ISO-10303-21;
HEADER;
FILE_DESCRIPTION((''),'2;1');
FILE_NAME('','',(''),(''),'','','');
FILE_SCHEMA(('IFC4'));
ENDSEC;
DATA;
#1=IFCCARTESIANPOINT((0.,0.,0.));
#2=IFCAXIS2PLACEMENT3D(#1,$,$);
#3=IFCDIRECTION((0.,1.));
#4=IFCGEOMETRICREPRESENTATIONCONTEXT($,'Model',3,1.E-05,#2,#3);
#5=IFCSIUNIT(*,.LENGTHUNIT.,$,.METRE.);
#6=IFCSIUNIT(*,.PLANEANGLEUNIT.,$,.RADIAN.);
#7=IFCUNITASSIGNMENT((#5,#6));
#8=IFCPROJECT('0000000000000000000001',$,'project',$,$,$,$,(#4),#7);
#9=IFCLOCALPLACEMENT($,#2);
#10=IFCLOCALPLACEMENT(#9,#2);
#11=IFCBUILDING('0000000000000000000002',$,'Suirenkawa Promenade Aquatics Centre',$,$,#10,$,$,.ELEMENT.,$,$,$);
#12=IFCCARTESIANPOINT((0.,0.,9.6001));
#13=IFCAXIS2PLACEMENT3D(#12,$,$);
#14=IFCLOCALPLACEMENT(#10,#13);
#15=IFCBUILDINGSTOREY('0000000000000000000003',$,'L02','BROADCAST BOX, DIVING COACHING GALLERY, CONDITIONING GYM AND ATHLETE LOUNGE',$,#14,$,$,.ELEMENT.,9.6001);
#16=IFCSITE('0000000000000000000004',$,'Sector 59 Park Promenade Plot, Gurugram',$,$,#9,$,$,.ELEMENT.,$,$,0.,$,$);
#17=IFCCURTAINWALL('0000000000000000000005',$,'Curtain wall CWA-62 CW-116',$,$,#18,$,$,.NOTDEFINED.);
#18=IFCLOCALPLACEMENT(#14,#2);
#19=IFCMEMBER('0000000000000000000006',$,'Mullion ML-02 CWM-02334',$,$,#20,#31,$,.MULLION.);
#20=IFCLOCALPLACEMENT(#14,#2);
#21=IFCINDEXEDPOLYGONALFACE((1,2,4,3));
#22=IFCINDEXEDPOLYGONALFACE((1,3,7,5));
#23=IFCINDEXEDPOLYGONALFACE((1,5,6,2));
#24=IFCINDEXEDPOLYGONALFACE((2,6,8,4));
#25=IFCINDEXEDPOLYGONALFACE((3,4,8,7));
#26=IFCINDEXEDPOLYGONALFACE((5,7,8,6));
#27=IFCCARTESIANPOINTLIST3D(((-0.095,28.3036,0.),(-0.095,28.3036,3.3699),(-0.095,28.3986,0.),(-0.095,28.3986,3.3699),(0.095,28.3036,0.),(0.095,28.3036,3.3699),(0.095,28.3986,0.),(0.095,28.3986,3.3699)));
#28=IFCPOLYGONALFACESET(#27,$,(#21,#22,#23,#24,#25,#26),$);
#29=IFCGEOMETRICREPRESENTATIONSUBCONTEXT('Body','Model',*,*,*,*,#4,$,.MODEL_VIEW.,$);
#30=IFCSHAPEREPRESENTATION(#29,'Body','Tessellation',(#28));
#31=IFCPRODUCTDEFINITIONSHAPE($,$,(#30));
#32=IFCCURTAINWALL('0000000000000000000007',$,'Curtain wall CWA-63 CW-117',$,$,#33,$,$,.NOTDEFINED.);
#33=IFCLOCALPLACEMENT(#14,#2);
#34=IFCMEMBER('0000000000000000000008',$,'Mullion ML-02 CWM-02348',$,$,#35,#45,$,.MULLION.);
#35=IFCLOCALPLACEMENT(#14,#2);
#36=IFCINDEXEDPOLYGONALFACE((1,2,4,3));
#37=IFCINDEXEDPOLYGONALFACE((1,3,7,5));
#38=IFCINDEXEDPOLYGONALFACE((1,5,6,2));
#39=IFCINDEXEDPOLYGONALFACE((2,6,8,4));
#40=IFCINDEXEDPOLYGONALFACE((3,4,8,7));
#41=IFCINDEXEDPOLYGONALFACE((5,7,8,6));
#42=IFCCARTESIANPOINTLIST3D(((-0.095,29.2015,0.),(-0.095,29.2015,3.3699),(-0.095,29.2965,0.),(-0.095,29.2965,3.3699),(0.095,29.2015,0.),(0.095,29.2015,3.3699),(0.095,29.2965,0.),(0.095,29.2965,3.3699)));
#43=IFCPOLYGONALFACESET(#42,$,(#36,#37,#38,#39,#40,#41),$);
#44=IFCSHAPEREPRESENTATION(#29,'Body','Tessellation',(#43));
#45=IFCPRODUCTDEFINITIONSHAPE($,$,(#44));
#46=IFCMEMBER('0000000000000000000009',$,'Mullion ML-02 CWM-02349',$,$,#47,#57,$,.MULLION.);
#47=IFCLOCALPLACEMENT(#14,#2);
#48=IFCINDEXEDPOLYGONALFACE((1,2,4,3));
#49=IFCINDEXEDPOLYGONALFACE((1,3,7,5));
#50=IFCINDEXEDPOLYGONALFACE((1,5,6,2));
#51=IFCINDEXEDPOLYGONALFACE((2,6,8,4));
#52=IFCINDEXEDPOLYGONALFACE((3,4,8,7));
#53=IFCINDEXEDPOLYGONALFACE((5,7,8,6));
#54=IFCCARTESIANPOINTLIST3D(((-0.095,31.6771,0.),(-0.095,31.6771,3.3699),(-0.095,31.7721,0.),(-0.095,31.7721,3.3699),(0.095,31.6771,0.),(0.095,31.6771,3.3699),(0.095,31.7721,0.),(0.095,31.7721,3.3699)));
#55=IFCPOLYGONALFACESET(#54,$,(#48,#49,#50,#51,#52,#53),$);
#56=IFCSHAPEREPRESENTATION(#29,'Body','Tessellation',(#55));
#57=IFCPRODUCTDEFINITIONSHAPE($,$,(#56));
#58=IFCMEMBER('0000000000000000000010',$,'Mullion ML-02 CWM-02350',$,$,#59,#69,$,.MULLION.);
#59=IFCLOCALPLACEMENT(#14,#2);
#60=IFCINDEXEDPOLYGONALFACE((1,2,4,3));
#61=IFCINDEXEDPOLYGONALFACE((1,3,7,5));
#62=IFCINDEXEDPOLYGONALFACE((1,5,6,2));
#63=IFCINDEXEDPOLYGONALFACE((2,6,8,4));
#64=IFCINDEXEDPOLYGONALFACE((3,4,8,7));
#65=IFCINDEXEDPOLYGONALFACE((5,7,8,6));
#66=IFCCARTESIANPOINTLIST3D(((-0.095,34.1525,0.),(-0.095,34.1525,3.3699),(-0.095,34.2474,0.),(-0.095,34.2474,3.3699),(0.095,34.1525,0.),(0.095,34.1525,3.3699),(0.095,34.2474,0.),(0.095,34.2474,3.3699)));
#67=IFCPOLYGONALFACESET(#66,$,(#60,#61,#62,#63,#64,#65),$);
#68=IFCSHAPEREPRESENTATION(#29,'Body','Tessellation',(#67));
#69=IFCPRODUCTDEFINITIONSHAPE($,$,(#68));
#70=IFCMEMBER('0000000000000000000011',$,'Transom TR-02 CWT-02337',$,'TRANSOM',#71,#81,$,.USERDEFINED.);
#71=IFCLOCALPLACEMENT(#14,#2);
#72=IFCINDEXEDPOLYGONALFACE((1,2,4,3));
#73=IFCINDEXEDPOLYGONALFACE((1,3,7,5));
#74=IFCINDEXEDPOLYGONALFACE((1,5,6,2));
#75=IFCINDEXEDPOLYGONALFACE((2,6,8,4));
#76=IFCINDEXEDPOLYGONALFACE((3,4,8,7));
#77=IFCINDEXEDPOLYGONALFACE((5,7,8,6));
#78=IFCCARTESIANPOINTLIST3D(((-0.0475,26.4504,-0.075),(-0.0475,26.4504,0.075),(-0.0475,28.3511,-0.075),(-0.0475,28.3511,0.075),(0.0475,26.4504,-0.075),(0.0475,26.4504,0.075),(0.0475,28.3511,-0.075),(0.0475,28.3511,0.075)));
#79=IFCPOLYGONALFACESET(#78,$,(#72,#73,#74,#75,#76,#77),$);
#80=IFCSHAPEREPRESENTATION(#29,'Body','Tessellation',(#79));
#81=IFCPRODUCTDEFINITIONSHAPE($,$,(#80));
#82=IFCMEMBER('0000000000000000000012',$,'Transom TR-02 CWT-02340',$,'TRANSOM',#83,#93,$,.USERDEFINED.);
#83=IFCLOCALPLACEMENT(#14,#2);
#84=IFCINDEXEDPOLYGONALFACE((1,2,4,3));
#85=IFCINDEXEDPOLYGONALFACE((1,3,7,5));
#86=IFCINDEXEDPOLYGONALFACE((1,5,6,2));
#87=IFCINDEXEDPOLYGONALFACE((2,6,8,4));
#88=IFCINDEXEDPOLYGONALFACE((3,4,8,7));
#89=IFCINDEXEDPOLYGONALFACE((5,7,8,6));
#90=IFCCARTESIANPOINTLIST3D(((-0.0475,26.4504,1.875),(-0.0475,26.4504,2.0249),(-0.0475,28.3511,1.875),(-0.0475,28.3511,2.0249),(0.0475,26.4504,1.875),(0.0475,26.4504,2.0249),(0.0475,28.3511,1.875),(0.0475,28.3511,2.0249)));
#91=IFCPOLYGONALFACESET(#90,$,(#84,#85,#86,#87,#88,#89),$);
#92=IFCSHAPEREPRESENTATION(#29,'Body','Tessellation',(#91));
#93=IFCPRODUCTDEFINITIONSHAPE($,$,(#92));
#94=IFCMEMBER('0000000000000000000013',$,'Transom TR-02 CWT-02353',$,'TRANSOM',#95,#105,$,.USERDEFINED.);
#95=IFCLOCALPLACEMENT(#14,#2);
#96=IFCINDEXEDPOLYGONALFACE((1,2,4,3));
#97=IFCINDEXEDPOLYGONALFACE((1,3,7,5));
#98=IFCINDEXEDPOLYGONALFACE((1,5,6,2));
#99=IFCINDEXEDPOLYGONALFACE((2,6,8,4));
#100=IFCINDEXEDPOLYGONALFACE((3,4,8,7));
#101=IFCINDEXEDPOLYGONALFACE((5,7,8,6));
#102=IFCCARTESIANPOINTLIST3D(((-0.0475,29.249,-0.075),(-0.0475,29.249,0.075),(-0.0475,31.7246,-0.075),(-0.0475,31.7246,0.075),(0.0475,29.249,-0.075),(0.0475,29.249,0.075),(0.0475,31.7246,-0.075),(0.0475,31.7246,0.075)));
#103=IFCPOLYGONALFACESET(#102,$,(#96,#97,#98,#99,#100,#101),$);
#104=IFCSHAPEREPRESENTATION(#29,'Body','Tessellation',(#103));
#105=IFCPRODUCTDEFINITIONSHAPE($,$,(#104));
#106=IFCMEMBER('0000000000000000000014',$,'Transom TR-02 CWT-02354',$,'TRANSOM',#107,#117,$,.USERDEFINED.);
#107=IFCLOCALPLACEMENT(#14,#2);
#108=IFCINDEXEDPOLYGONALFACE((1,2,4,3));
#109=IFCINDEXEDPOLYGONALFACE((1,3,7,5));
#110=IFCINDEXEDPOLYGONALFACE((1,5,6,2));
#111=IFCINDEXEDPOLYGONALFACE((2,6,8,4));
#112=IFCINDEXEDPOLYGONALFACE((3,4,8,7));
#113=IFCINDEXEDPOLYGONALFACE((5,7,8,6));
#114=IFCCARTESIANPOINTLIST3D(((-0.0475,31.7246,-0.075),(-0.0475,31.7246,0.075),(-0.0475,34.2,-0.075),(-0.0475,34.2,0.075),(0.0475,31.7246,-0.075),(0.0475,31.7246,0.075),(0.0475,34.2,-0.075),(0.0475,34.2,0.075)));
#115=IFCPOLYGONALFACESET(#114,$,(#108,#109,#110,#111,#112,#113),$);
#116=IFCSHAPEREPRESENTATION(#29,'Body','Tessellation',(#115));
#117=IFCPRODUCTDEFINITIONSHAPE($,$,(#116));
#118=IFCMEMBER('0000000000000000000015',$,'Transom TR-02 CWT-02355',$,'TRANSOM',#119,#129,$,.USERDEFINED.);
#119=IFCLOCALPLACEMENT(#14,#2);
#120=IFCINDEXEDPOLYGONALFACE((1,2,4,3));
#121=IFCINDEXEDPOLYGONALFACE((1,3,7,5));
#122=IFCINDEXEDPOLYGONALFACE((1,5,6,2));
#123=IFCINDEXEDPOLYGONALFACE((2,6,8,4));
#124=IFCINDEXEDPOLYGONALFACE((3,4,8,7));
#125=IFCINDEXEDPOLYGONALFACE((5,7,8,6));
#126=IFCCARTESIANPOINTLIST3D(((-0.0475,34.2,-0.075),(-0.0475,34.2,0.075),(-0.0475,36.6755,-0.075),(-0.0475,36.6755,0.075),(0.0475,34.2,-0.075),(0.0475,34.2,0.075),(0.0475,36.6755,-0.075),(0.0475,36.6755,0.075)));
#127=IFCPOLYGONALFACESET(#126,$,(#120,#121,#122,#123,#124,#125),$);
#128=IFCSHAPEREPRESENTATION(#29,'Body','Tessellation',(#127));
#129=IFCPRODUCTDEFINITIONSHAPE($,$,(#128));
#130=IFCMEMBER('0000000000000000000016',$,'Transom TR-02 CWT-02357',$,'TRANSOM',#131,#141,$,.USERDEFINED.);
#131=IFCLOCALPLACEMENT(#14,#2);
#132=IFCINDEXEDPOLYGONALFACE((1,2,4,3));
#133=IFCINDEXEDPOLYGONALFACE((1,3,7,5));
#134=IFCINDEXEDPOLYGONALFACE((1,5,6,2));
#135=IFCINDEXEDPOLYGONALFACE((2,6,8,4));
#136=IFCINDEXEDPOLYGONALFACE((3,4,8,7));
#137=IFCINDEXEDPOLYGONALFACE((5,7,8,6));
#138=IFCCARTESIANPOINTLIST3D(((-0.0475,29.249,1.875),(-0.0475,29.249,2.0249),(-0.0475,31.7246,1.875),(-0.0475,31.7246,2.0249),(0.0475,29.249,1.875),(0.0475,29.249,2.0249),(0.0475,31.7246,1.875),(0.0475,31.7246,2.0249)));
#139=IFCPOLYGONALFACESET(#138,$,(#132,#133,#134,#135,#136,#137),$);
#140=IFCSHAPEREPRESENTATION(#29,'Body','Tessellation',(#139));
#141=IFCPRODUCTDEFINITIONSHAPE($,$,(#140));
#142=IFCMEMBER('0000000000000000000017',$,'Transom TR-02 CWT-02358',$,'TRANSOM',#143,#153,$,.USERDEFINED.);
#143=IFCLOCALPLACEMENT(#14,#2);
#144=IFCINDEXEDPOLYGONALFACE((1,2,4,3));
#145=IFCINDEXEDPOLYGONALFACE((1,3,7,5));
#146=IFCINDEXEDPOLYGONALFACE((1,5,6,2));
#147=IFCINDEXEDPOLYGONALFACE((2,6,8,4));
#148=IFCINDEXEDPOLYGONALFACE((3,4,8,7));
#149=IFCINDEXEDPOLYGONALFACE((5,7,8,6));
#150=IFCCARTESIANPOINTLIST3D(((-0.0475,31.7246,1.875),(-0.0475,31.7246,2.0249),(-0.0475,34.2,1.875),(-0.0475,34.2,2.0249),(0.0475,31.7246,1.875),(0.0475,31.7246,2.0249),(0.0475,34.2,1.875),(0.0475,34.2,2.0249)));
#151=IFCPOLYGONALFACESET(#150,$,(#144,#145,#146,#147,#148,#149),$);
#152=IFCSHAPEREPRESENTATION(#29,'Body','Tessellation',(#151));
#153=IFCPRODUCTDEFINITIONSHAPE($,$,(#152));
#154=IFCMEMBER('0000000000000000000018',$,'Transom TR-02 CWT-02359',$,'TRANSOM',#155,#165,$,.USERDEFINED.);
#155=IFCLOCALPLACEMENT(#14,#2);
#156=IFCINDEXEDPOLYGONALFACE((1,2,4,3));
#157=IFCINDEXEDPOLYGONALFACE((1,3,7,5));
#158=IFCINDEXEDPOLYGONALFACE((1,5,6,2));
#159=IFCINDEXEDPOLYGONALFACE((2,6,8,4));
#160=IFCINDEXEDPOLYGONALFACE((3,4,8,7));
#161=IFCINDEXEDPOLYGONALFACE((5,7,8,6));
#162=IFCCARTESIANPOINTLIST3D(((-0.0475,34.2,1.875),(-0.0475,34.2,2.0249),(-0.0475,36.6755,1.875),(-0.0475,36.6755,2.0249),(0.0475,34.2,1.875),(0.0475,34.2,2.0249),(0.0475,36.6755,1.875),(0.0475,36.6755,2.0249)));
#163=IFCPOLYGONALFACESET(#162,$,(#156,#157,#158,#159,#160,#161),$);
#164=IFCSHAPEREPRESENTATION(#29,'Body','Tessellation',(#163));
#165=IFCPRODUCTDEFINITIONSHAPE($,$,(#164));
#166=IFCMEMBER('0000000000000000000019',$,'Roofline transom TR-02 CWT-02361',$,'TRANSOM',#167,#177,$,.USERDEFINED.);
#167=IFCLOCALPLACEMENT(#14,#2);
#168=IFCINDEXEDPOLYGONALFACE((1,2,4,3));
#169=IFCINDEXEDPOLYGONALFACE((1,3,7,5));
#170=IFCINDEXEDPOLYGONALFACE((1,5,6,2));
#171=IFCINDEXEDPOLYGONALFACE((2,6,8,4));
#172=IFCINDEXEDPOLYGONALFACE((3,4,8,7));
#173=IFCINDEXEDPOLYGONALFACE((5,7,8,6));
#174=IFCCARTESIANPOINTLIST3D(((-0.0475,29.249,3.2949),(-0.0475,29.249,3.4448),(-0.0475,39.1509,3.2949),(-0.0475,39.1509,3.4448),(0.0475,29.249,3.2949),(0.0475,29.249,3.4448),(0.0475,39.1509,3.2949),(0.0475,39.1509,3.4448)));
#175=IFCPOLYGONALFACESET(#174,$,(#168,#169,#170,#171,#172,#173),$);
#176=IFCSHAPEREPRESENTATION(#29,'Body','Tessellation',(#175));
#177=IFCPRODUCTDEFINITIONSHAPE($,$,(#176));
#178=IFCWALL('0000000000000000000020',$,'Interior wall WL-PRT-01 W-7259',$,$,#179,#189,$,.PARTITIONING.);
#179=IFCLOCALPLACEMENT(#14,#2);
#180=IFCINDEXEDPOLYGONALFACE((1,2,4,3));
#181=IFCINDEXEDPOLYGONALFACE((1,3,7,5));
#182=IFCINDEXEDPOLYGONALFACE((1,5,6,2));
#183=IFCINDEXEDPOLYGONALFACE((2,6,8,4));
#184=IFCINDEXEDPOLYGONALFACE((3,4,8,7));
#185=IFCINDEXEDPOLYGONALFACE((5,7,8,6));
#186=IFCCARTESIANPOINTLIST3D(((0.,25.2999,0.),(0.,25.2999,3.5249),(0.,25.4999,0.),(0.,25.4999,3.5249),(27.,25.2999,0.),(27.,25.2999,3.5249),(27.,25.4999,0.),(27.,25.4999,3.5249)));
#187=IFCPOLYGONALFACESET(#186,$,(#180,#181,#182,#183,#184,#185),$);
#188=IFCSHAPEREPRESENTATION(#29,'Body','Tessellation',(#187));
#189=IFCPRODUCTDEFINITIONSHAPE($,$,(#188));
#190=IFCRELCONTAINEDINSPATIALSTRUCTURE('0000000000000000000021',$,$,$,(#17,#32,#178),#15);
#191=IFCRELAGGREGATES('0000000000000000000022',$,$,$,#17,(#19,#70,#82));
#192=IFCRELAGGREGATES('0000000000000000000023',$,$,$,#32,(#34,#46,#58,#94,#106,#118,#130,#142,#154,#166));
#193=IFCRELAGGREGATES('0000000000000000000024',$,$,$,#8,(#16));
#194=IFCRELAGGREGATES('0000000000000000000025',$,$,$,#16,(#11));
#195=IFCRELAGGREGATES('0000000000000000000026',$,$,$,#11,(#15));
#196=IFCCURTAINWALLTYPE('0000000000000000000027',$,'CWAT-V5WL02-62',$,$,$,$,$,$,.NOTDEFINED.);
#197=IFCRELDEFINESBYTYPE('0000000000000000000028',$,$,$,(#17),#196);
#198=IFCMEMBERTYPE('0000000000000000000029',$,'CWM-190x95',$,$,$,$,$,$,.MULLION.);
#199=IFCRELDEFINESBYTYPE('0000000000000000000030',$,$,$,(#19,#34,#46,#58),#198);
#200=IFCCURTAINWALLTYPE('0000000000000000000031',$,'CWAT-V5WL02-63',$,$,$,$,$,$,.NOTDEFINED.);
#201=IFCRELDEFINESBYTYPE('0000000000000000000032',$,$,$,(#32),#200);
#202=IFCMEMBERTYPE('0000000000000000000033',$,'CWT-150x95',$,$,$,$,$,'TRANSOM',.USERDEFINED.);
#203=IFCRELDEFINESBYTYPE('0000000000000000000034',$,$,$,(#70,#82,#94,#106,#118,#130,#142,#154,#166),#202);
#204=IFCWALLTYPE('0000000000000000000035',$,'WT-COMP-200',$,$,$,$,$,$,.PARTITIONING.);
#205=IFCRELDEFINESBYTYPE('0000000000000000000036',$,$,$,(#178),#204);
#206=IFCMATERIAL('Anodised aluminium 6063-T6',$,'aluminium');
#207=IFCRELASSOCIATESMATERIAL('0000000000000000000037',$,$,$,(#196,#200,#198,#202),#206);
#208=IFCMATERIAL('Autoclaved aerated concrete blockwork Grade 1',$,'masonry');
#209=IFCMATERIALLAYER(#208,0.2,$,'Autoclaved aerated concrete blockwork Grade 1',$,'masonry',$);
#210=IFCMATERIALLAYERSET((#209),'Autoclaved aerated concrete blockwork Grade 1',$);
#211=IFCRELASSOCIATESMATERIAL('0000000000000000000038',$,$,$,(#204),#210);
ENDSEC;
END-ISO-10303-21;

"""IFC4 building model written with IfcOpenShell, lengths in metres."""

from ifc_helpers import new_model, si_unit, direction, frame, frame_2d, origin, origin_2d, place, context, subcontext, project, spatial, rectangle, extrude, material, layer, layer_set, material_profile, profile_set, type_object, element, aggregate, save


model = new_model("IFC4")

# Units and contexts
model_context = context("Model", 3, precision=1e-05, world=origin(), true_north=direction((0.0, 1.0)))
body_context = subcontext(model_context, "Body", "Model", "MODEL_VIEW")
ifc_project = project(units=[si_unit("LENGTHUNIT", "METRE"), si_unit("PLANEANGLEUNIT", "RADIAN")], contexts=[model_context])

# Site, building, storey
site_placement = place(None, origin())
site = spatial("IfcSite", under=ifc_project, at=site_placement, Name="Sector 59 Park Promenade Plot, Gurugram", CompositionType="ELEMENT", RefElevation=0.0)
building_placement = place(site_placement, origin())
building = spatial("IfcBuilding", under=site, at=building_placement, Name="Suirenkawa Promenade Aquatics Centre", CompositionType="ELEMENT")
storey_placement = place(building_placement, frame((0.0, 0.0, 9.6001)))
storey = spatial("IfcBuildingStorey", under=building, at=storey_placement, Name="L02", Description="BROADCAST BOX, DIVING COACHING GALLERY, CONDITIONING GYM AND ATHLETE LOUNGE", CompositionType="ELEMENT", Elevation=9.6001)

# Curtain walls, members
ifc_material_1 = material(Name="Anodised aluminium 6063-T6", Category="aluminium")
curtain_wall_type_1 = type_object("IfcCurtainWallType", Name="CWAT-V5WL02-62", PredefinedType="NOTDEFINED", material=ifc_material_1)
curtain_wall_1_placement = place(storey_placement, origin())
curtain_wall_1 = element("IfcCurtainWall", 1, at=curtain_wall_1_placement, inside=storey, type_object=curtain_wall_type_1, Name="Curtain wall CWA-62 CW-116", PredefinedType="NOTDEFINED")
ifc_material_profile_1 = material_profile(ifc_material_1, rectangle(XDim=0.095, YDim=0.1899, at=origin_2d()), Name="ALU MULL 95x190", Category="aluminium")
ifc_profile_set_1 = profile_set([ifc_material_profile_1], Name="Anodised aluminium 6063-T6")
member_type_1 = type_object("IfcMemberType", Name="CWM-190x95", PredefinedType="MULLION", material=ifc_profile_set_1)
member_1_placement = place(storey_placement, frame((0.0, 28.3511, 0.0), z_axis=(0.0, 0.0, 1.0), x_axis=(0.0, 1.0, 0.0)))
member_1 = element("IfcMember", 2, at=member_1_placement, type_object=member_type_1, Name="Mullion ML-02 CWM-02334", PredefinedType="MULLION", context=body_context, shape_type="SweptSolid", body=[
    extrude(rectangle(XDim=0.095, YDim=0.1899, at=origin_2d()), origin(), (0.0, 0.0, 1.0), 3.3699),
])
curtain_wall_type_2 = type_object("IfcCurtainWallType", Name="CWAT-V5WL02-63", PredefinedType="NOTDEFINED", material=ifc_material_1)
curtain_wall_2_placement = place(storey_placement, origin())
curtain_wall_2 = element("IfcCurtainWall", 3, at=curtain_wall_2_placement, inside=storey, type_object=curtain_wall_type_2, Name="Curtain wall CWA-63 CW-117", PredefinedType="NOTDEFINED")
member_2_placement = place(storey_placement, frame((0.0, 29.249, 0.0), z_axis=(0.0, 0.0, 1.0), x_axis=(0.0, 1.0, 0.0)))
member_2 = element("IfcMember", 4, at=member_2_placement, type_object=member_type_1, Name="Mullion ML-02 CWM-02348", PredefinedType="MULLION", context=body_context, shape_type="SweptSolid", body=[
    extrude(rectangle(XDim=0.095, YDim=0.1899, at=origin_2d()), origin(), (0.0, 0.0, 1.0), 3.3699),
])
member_3_placement = place(storey_placement, frame((0.0, 31.7246, 0.0), z_axis=(0.0, 0.0, 1.0), x_axis=(0.0, 1.0, 0.0)))
member_3 = element("IfcMember", 5, at=member_3_placement, type_object=member_type_1, Name="Mullion ML-02 CWM-02349", PredefinedType="MULLION", context=body_context, shape_type="SweptSolid", body=[
    extrude(rectangle(XDim=0.095, YDim=0.1899, at=origin_2d()), origin(), (0.0, 0.0, 1.0), 3.3699),
])
member_4_placement = place(storey_placement, frame((0.0, 34.2, 0.0), z_axis=(0.0, 0.0, 1.0), x_axis=(0.0, 1.0, 0.0)))
member_4 = element("IfcMember", 6, at=member_4_placement, type_object=member_type_1, Name="Mullion ML-02 CWM-02350", PredefinedType="MULLION", context=body_context, shape_type="SweptSolid", body=[
    extrude(rectangle(XDim=0.095, YDim=0.1899, at=origin_2d()), origin(), (0.0, 0.0, 1.0), 3.3699),
])

# Members
ifc_material_profile_2 = material_profile(ifc_material_1, rectangle(XDim=0.095, YDim=0.1499, at=origin_2d()), Name="ALU TRAN 95x150", Category="aluminium")
ifc_profile_set_2 = profile_set([ifc_material_profile_2], Name="Anodised aluminium 6063-T6")
member_type_2 = type_object("IfcMemberType", Name="CWT-150x95", ElementType="TRANSOM", PredefinedType="USERDEFINED", material=ifc_profile_set_2)
member_5_placement = place(storey_placement, frame((0.0, 26.4504, 0.0), z_axis=(0.0, 1.0, 0.0), x_axis=(-1.0, 0.0, 0.0)))
member_5 = element("IfcMember", 7, at=member_5_placement, type_object=member_type_2, Name="Transom TR-02 CWT-02337", ObjectType="TRANSOM", PredefinedType="USERDEFINED", context=body_context, shape_type="SweptSolid", body=[
    extrude(rectangle(XDim=0.095, YDim=0.1499, at=origin_2d()), origin(), (0.0, 0.0, 1.0), 1.9006),
])
member_6_placement = place(storey_placement, frame((0.0, 26.4504, 1.95), z_axis=(0.0, 1.0, 0.0), x_axis=(-1.0, 0.0, 0.0)))
member_6 = element("IfcMember", 8, at=member_6_placement, type_object=member_type_2, Name="Transom TR-02 CWT-02340", ObjectType="TRANSOM", PredefinedType="USERDEFINED", context=body_context, shape_type="SweptSolid", body=[
    extrude(rectangle(XDim=0.095, YDim=0.1499, at=origin_2d()), origin(), (0.0, 0.0, 1.0), 1.9006),
])
member_7_placement = place(storey_placement, frame((0.0, 29.249, 0.0), z_axis=(0.0, 1.0, 0.0), x_axis=(-1.0, 0.0, 0.0)))
member_7 = element("IfcMember", 9, at=member_7_placement, type_object=member_type_2, Name="Transom TR-02 CWT-02353", ObjectType="TRANSOM", PredefinedType="USERDEFINED", context=body_context, shape_type="SweptSolid", body=[
    extrude(rectangle(XDim=0.095, YDim=0.1499, at=origin_2d()), origin(), (0.0, 0.0, 1.0), 2.4756),
])
member_8_placement = place(storey_placement, frame((0.0, 31.7246, 0.0), z_axis=(0.0, 1.0, 0.0), x_axis=(-1.0, 0.0, 0.0)))
member_8 = element("IfcMember", 10, at=member_8_placement, type_object=member_type_2, Name="Transom TR-02 CWT-02354", ObjectType="TRANSOM", PredefinedType="USERDEFINED", context=body_context, shape_type="SweptSolid", body=[
    extrude(rectangle(XDim=0.095, YDim=0.1499, at=origin_2d()), origin(), (0.0, 0.0, 1.0), 2.4753),
])
member_9_placement = place(storey_placement, frame((0.0, 34.2, 0.0), z_axis=(0.0, 1.0, 0.0), x_axis=(-1.0, 0.0, 0.0)))
member_9 = element("IfcMember", 11, at=member_9_placement, type_object=member_type_2, Name="Transom TR-02 CWT-02355", ObjectType="TRANSOM", PredefinedType="USERDEFINED", context=body_context, shape_type="SweptSolid", body=[
    extrude(rectangle(XDim=0.095, YDim=0.1499, at=origin_2d()), origin(), (0.0, 0.0, 1.0), 2.4756),
])
member_10_placement = place(storey_placement, frame((0.0, 29.249, 1.95), z_axis=(0.0, 1.0, 0.0), x_axis=(-1.0, 0.0, 0.0)))
member_10 = element("IfcMember", 12, at=member_10_placement, type_object=member_type_2, Name="Transom TR-02 CWT-02357", ObjectType="TRANSOM", PredefinedType="USERDEFINED", context=body_context, shape_type="SweptSolid", body=[
    extrude(rectangle(XDim=0.095, YDim=0.1499, at=origin_2d()), origin(), (0.0, 0.0, 1.0), 2.4756),
])
member_11_placement = place(storey_placement, frame((0.0, 31.7246, 1.95), z_axis=(0.0, 1.0, 0.0), x_axis=(-1.0, 0.0, 0.0)))
member_11 = element("IfcMember", 13, at=member_11_placement, type_object=member_type_2, Name="Transom TR-02 CWT-02358", ObjectType="TRANSOM", PredefinedType="USERDEFINED", context=body_context, shape_type="SweptSolid", body=[
    extrude(rectangle(XDim=0.095, YDim=0.1499, at=origin_2d()), origin(), (0.0, 0.0, 1.0), 2.4753),
])
member_12_placement = place(storey_placement, frame((0.0, 34.2, 1.95), z_axis=(0.0, 1.0, 0.0), x_axis=(-1.0, 0.0, 0.0)))
member_12 = element("IfcMember", 14, at=member_12_placement, type_object=member_type_2, Name="Transom TR-02 CWT-02359", ObjectType="TRANSOM", PredefinedType="USERDEFINED", context=body_context, shape_type="SweptSolid", body=[
    extrude(rectangle(XDim=0.095, YDim=0.1499, at=origin_2d()), origin(), (0.0, 0.0, 1.0), 2.4756),
])
member_13_placement = place(storey_placement, frame((0.0, 29.249, 3.3699), z_axis=(0.0, 1.0, 0.0), x_axis=(-1.0, 0.0, 0.0)))
member_13 = element("IfcMember", 15, at=member_13_placement, type_object=member_type_2, Name="Roofline transom TR-02 CWT-02361", ObjectType="TRANSOM", PredefinedType="USERDEFINED", context=body_context, shape_type="SweptSolid", body=[
    extrude(rectangle(XDim=0.095, YDim=0.1499, at=origin_2d()), origin(), (0.0, 0.0, 1.0), 9.9019),
])

aggregate(curtain_wall_1, [member_1, member_5, member_6])
aggregate(curtain_wall_2, [member_2, member_3, member_4, member_7, member_8, member_9, member_10, member_11, member_12, member_13])

# Wall
ifc_material_2 = material(Name="Autoclaved aerated concrete blockwork Grade 1", Category="masonry")
ifc_layer_1 = layer(ifc_material_2, 0.2, Name="Autoclaved aerated concrete blockwork Grade 1", Category="masonry")
ifc_layer_set_1 = layer_set([ifc_layer_1], Name="Autoclaved aerated concrete blockwork Grade 1")
wall_type = type_object("IfcWallType", Name="WT-COMP-200", PredefinedType="PARTITIONING", material=ifc_layer_set_1)
wall_placement = place(storey_placement, frame((0.0, 25.3999, 0.0), z_axis=(0.0, 0.0, 1.0), x_axis=(1.0, 0.0, 0.0)))
element("IfcWall", 16, at=wall_placement, inside=storey, type_object=wall_type, Name="Interior wall WL-PRT-01 W-7259", PredefinedType="PARTITIONING", context=body_context, shape_type="SweptSolid", body=[
    extrude(rectangle(XDim=27.0, YDim=0.2, at=frame_2d((13.5, 0.0))), origin(), (0.0, 0.0, 1.0), 3.5249),
])

save(model, "model.ifc")
